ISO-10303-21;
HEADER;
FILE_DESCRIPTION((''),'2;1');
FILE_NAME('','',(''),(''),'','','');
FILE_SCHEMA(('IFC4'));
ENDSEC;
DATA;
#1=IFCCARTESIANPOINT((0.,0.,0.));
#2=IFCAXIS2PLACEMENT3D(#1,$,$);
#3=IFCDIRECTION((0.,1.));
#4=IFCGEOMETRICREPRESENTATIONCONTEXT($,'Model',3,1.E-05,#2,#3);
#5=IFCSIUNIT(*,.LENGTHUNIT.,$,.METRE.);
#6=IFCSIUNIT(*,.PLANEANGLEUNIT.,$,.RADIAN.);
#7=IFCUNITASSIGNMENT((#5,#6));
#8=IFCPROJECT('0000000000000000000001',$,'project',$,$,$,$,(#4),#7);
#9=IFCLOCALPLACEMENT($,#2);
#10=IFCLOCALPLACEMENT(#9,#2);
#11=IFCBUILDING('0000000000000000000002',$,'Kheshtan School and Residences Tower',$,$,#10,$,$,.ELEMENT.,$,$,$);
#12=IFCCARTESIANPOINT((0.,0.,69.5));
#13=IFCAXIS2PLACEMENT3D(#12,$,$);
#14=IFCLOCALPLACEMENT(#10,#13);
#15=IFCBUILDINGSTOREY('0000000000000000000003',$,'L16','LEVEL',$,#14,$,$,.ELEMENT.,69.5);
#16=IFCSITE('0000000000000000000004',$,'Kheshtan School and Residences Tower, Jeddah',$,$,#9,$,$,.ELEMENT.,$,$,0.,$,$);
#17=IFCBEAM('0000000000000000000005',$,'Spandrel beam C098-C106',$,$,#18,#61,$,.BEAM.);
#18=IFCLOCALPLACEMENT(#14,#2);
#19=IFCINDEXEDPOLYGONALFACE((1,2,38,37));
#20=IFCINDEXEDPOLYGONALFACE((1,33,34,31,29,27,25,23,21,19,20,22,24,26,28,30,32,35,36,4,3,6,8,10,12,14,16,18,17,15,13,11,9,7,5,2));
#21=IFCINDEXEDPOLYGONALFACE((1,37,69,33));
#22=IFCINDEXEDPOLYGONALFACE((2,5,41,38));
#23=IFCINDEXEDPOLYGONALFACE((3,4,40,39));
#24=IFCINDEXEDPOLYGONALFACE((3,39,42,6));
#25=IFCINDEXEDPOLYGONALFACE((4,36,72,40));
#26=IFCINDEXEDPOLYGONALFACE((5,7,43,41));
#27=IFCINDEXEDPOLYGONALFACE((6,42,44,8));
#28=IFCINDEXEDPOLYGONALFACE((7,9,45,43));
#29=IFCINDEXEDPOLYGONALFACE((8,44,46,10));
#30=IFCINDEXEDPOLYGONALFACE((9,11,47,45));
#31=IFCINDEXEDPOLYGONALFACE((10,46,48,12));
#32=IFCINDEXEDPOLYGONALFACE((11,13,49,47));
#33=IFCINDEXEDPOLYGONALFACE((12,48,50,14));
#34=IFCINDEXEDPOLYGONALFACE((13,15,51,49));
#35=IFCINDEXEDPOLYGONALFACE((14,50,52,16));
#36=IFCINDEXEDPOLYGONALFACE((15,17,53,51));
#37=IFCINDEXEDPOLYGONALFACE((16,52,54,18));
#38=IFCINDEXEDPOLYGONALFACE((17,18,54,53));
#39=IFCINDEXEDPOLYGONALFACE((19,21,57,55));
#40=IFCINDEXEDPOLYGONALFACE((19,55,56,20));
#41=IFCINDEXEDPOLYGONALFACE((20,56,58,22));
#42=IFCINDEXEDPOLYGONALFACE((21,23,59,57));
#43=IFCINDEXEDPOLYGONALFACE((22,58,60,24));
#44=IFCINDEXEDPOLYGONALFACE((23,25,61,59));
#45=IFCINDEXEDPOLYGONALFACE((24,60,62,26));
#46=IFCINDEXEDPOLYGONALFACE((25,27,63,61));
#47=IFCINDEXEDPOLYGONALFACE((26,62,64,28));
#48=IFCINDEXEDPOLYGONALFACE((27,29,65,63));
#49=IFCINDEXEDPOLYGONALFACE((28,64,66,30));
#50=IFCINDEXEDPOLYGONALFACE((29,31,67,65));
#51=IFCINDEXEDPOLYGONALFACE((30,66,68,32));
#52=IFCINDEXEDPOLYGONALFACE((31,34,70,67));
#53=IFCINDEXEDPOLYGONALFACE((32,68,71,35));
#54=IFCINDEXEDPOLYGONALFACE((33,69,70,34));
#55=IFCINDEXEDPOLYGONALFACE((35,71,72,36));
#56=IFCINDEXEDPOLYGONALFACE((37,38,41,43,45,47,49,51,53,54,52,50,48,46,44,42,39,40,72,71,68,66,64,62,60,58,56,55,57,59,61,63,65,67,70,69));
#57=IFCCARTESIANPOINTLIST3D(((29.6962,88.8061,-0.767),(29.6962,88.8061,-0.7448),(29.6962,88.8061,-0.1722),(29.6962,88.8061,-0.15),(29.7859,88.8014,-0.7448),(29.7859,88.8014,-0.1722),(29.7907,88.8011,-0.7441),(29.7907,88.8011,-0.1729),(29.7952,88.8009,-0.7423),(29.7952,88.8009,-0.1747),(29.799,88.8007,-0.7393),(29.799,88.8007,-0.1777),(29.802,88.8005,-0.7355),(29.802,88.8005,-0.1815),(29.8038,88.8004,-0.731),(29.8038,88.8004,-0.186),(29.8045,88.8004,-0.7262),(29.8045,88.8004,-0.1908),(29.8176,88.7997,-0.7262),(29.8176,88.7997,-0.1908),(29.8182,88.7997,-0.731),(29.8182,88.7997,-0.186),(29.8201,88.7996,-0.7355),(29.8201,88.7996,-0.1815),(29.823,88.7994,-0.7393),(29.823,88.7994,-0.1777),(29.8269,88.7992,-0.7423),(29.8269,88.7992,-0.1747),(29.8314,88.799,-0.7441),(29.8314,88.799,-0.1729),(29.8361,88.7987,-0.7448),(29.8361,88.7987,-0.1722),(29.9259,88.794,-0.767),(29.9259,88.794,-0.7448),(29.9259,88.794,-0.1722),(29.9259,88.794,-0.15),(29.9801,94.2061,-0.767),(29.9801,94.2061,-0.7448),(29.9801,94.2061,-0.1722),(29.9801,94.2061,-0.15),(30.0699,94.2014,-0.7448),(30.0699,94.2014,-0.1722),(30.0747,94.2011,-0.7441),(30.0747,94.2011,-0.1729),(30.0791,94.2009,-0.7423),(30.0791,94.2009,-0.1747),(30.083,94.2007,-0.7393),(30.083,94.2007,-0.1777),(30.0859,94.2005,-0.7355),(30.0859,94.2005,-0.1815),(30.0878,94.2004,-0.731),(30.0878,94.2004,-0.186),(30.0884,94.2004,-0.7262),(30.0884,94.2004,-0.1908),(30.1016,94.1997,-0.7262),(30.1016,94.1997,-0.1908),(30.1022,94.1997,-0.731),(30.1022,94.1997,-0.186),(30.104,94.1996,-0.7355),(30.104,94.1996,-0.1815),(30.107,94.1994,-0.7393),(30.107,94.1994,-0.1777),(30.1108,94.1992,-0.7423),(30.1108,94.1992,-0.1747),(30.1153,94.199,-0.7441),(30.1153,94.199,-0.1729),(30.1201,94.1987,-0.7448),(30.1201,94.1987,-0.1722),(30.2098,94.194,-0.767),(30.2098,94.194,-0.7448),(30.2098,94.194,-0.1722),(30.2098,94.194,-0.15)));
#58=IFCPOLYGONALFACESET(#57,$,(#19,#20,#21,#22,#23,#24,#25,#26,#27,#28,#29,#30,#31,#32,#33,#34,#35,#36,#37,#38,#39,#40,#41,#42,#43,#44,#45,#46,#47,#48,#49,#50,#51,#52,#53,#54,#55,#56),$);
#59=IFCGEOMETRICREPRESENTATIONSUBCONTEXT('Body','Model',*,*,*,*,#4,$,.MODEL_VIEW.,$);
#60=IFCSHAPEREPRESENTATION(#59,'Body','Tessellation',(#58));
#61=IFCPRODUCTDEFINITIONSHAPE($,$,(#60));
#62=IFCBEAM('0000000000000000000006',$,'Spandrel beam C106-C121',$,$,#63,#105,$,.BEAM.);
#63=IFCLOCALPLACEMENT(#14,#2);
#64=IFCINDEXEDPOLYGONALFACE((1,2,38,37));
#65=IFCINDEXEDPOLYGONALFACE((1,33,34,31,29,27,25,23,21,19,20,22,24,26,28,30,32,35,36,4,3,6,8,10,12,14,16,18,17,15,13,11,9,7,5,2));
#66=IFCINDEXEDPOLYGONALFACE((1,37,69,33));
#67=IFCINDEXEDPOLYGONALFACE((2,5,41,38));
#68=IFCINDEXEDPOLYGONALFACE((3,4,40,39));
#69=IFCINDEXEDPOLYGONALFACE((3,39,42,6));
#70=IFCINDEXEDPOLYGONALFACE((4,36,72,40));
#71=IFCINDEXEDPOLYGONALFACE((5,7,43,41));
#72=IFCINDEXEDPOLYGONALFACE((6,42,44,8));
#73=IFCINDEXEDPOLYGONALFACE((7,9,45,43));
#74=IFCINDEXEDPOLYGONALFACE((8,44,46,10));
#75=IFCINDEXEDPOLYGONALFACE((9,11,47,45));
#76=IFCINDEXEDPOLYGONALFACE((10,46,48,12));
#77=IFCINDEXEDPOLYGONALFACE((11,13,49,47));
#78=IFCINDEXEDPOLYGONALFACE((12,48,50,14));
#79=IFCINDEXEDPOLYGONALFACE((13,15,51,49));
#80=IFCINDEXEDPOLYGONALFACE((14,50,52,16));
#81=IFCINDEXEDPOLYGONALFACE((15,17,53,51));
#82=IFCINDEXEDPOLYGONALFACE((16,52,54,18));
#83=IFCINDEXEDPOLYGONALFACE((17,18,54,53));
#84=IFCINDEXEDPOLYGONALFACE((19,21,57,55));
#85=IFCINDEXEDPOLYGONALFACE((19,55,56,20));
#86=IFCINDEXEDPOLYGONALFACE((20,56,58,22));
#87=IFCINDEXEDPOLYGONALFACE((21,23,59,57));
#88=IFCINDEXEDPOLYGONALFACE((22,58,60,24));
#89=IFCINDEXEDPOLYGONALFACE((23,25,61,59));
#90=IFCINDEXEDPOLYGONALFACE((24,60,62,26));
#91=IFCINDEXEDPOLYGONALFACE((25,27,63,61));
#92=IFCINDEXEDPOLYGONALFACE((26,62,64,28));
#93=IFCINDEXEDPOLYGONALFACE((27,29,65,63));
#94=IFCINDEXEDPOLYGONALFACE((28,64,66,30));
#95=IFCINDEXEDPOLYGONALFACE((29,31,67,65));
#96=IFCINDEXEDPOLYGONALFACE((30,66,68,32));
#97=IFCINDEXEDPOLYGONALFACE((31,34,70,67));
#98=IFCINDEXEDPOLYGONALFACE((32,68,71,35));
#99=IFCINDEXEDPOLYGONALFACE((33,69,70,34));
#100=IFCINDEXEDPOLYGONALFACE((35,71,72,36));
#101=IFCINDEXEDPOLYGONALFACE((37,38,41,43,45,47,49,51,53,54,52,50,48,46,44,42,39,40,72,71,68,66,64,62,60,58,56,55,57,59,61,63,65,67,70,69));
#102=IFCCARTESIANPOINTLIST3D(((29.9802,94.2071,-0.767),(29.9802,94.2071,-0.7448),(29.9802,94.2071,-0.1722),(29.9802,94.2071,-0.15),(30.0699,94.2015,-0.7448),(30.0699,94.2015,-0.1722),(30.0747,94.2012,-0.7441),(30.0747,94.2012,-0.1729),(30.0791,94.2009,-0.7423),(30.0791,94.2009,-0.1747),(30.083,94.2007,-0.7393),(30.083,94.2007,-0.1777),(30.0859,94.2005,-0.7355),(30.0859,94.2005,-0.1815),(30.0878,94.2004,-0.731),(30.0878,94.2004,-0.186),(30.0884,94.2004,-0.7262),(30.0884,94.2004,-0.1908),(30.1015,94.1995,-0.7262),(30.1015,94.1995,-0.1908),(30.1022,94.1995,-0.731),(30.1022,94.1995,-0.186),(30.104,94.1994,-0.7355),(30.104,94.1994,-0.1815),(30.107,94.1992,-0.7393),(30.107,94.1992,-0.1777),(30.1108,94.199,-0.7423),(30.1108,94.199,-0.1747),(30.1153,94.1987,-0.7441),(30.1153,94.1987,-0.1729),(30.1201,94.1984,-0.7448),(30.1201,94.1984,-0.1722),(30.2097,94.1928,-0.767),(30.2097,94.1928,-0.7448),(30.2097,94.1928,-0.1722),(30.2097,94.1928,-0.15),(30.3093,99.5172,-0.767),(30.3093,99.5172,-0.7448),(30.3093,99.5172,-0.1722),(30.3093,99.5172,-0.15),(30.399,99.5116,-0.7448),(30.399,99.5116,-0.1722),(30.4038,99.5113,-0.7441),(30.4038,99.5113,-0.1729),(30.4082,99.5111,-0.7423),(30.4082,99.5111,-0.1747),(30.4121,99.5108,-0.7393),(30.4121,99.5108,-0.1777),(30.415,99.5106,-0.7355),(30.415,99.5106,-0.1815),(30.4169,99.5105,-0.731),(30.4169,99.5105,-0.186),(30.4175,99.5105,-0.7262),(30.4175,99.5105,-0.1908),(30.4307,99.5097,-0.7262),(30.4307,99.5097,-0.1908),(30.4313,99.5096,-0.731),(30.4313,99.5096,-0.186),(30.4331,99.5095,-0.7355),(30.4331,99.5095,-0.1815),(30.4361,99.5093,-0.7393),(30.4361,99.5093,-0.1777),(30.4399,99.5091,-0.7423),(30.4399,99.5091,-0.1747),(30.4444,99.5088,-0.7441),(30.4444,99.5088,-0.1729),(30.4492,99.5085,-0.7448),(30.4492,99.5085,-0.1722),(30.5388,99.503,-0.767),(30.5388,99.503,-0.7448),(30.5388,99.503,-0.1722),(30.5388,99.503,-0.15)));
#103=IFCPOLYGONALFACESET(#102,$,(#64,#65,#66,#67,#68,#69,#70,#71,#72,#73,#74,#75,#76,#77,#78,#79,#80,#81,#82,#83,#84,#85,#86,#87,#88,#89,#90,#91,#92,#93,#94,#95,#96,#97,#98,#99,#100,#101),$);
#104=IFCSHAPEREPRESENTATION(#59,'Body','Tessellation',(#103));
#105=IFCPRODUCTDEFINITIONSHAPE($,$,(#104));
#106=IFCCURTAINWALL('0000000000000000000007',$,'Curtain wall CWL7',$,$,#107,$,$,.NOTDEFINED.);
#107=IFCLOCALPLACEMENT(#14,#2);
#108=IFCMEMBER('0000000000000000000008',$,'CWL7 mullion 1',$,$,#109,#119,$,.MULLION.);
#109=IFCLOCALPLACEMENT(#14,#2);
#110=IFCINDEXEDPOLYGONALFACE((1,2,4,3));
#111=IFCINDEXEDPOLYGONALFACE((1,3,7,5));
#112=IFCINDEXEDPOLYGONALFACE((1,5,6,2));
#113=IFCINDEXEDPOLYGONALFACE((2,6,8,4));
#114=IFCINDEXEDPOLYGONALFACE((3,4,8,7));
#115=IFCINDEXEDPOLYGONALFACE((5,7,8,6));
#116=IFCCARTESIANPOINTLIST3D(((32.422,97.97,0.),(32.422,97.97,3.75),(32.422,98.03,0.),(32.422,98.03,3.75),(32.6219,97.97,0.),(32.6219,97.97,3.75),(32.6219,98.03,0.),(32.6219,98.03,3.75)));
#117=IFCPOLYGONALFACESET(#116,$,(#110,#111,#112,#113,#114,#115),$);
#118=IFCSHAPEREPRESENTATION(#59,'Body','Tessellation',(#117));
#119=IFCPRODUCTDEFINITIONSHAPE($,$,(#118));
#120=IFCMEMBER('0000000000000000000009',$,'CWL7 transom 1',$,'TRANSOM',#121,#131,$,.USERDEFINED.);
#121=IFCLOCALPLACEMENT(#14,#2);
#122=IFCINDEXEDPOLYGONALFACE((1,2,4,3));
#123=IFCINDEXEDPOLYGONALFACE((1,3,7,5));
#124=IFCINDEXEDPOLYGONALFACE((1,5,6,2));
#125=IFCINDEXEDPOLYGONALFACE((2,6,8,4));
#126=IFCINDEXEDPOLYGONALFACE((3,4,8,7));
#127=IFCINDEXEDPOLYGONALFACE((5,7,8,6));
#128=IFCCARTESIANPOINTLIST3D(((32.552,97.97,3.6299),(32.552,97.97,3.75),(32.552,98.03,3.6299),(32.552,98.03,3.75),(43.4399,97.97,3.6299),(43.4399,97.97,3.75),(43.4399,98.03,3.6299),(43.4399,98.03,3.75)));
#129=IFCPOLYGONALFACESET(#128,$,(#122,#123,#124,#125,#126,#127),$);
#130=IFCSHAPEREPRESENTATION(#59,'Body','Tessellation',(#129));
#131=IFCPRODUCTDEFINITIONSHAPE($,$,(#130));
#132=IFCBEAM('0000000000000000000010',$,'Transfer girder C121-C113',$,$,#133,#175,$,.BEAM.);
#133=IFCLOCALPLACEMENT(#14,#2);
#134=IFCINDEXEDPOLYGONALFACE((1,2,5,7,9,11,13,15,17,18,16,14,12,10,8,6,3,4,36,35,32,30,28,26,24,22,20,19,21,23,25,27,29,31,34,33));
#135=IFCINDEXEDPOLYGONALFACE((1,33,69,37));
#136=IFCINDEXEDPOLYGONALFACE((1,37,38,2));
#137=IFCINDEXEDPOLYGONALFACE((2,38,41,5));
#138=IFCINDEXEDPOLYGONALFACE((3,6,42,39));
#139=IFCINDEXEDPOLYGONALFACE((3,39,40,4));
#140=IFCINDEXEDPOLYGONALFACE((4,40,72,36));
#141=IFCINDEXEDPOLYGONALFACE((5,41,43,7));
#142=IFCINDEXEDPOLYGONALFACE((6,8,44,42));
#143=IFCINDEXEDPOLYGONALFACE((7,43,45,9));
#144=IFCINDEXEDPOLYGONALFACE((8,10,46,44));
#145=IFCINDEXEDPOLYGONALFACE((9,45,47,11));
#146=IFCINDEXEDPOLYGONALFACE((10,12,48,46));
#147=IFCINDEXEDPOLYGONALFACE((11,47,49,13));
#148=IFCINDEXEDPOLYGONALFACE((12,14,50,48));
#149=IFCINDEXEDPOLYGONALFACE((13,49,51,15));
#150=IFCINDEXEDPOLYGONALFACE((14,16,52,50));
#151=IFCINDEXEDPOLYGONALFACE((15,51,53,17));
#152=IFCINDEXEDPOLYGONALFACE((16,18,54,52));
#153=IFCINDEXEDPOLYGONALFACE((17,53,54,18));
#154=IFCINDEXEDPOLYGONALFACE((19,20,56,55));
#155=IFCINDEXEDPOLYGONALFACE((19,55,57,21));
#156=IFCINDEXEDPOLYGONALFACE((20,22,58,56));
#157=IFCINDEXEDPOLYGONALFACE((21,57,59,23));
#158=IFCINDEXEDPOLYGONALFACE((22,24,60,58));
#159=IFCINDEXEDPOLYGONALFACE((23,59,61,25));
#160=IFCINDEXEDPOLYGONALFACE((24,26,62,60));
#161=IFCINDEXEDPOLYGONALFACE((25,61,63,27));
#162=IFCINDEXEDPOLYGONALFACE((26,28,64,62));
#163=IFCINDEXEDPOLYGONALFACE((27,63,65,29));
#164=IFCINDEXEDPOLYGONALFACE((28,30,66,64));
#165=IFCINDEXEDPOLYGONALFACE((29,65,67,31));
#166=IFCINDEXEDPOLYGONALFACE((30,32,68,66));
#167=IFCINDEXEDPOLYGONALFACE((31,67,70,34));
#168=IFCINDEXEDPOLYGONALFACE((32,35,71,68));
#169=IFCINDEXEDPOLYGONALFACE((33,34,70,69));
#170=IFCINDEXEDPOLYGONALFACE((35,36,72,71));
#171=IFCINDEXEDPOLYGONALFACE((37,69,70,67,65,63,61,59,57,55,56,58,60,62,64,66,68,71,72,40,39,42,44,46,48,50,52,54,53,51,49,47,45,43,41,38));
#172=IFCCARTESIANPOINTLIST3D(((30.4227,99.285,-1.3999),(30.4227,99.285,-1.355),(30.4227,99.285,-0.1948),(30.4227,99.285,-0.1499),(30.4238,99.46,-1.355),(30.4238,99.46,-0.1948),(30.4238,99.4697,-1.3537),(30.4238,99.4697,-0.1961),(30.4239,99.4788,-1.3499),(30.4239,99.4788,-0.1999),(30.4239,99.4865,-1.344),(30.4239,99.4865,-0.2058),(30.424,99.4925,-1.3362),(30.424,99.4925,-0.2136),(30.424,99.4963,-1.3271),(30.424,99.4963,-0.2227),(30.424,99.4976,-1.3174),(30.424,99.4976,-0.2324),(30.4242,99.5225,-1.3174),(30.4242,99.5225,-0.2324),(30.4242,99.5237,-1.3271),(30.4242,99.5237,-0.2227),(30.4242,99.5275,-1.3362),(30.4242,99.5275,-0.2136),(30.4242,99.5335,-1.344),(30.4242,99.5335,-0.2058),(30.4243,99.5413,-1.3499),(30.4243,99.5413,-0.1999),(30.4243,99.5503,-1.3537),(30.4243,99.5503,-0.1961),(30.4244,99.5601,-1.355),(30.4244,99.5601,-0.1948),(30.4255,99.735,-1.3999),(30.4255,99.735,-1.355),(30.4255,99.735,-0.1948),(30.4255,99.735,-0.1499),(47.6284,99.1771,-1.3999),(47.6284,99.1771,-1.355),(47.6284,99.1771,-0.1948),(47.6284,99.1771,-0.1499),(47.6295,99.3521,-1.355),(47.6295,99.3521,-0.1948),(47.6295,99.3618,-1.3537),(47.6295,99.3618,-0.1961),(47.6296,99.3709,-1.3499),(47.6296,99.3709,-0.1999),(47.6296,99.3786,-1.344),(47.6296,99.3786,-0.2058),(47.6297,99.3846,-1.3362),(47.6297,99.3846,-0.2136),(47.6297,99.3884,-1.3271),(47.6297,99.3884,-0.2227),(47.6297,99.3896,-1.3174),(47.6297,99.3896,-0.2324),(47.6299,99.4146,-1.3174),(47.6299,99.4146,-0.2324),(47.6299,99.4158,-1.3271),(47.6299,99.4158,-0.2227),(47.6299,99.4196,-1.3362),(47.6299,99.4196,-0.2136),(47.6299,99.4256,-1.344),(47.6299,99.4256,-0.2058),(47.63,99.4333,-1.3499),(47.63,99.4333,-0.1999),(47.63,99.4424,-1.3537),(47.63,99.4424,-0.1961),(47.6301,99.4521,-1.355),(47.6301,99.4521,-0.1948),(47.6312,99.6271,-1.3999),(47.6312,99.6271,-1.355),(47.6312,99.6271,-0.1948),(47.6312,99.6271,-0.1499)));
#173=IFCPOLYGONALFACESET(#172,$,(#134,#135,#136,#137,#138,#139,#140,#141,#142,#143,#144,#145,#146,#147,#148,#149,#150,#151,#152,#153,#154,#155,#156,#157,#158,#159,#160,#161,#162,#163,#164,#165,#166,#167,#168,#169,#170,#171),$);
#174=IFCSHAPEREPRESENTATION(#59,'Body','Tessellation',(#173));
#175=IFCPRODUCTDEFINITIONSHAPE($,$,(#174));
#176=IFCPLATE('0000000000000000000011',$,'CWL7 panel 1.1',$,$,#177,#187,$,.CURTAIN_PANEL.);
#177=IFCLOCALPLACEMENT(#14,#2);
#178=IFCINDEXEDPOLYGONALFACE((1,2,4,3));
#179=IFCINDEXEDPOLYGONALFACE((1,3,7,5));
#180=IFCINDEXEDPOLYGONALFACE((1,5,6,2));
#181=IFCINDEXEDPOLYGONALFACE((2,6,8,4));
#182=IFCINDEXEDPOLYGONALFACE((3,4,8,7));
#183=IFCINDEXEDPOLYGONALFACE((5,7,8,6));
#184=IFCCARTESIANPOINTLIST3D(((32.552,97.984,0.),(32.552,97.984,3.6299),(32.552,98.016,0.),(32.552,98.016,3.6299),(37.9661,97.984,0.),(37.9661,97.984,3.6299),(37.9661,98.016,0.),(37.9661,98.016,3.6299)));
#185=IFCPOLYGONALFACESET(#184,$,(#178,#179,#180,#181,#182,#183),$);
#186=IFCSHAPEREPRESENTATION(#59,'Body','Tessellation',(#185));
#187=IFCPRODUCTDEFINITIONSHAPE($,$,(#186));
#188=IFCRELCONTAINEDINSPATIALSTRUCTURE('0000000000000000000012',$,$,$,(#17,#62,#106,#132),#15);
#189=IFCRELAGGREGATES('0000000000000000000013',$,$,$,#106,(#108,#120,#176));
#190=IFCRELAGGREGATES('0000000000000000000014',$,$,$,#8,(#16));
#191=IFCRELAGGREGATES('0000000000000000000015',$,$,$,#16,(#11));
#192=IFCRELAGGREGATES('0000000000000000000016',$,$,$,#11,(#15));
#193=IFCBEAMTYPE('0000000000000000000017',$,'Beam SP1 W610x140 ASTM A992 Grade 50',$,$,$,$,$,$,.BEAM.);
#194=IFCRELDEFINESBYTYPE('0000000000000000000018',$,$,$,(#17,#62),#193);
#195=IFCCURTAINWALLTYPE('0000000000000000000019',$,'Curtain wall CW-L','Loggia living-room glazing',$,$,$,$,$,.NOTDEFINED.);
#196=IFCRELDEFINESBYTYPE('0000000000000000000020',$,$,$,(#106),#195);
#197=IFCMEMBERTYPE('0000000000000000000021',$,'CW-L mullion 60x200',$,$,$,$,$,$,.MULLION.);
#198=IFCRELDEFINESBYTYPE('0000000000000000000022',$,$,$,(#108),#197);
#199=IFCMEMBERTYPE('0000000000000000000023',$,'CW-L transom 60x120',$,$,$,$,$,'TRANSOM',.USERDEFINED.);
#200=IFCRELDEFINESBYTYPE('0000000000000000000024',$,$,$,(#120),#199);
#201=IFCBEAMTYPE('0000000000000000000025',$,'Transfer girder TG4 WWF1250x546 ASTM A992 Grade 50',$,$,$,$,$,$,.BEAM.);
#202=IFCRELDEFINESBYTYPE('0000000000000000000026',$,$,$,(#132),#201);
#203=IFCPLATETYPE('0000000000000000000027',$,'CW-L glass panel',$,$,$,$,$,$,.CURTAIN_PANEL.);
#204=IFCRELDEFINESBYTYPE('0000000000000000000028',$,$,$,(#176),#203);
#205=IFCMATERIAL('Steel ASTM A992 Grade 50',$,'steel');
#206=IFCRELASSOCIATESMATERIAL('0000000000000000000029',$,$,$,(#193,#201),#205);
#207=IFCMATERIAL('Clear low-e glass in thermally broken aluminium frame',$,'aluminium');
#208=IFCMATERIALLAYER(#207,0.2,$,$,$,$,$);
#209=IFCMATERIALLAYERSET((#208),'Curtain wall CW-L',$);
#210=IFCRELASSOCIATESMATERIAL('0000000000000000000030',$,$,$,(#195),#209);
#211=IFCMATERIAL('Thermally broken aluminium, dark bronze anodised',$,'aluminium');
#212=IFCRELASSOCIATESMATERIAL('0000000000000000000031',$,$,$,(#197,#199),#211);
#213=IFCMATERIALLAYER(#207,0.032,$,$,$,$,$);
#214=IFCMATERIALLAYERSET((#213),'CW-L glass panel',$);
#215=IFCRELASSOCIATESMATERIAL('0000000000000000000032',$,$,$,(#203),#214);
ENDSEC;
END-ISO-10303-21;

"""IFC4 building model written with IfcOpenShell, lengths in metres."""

from ifc_helpers import new_model, si_unit, direction, frame, origin, origin_2d, place, context, subcontext, project, spatial, rectangle, i_section, extrude, material, layer, layer_set, material_profile, profile_set, type_object, element, aggregate, save


model = new_model("IFC4")

# Units and contexts
model_context = context("Model", 3, precision=1e-05, world=origin(), true_north=direction((0.0, 1.0)))
body_context = subcontext(model_context, "Body", "Model", "MODEL_VIEW")
ifc_project = project(units=[si_unit("LENGTHUNIT", "METRE"), si_unit("PLANEANGLEUNIT", "RADIAN")], contexts=[model_context])

# Site, building, storey
site_placement = place(None, origin())
site = spatial("IfcSite", under=ifc_project, at=site_placement, Name="Kheshtan School and Residences Tower, Jeddah", CompositionType="ELEMENT", RefElevation=0.0)
building_placement = place(site_placement, origin())
building = spatial("IfcBuilding", under=site, at=building_placement, Name="Kheshtan School and Residences Tower", CompositionType="ELEMENT")
storey_placement = place(building_placement, frame((0.0, 0.0, 69.5)))
storey = spatial("IfcBuildingStorey", under=building, at=storey_placement, Name="L16", Description="LEVEL", CompositionType="ELEMENT", Elevation=69.5)

# Shared definitions
ifc_material_1 = material(Name="Steel ASTM A992 Grade 50", Category="steel")

# Beams
ifc_material_profile_1 = material_profile(ifc_material_1, i_section(OverallWidth=0.23, OverallDepth=0.6169, WebThickness=0.0132, FlangeThickness=0.0222, FilletRadius=0.0186, at=origin_2d()), Name="W610x140")
ifc_profile_set_1 = profile_set([ifc_material_profile_1], Name="Steel ASTM A992 Grade 50")
beam_type_1 = type_object("IfcBeamType", Name="Beam SP1 W610x140 ASTM A992 Grade 50", PredefinedType="BEAM", material=ifc_profile_set_1)
beam_1_placement = place(storey_placement, frame((29.811, 88.8, -0.4585), z_axis=(0.052509, 0.99862, 0.0), x_axis=(-0.99862, 0.052509, 0.0)))
element("IfcBeam", 1, at=beam_1_placement, inside=storey, type_object=beam_type_1, Name="Spandrel beam C098-C106", PredefinedType="BEAM", context=body_context, shape_type="SweptSolid", body=[
    extrude(i_section(OverallWidth=0.23, OverallDepth=0.6169, WebThickness=0.0132, FlangeThickness=0.0222, FilletRadius=0.0186, at=origin_2d()), origin(), (0.0, 0.0, 1.0), 5.4075),
])
beam_2_placement = place(storey_placement, frame((30.095, 94.2, -0.4585), z_axis=(0.061858, 0.998085, 0.0), x_axis=(-0.998085, 0.061858, 0.0)))
element("IfcBeam", 2, at=beam_2_placement, inside=storey, type_object=beam_type_1, Name="Spandrel beam C106-C121", PredefinedType="BEAM", context=body_context, shape_type="SweptSolid", body=[
    extrude(i_section(OverallWidth=0.23, OverallDepth=0.6169, WebThickness=0.0132, FlangeThickness=0.0222, FilletRadius=0.0186, at=origin_2d()), origin(), (0.0, 0.0, 1.0), 5.3203),
])

# Curtain wall, members
ifc_material_2 = material(Name="Clear low-e glass in thermally broken aluminium frame", Category="aluminium")
ifc_layer_1 = layer(ifc_material_2, 0.2)
ifc_layer_set_1 = layer_set([ifc_layer_1], Name="Curtain wall CW-L")
curtain_wall_type = type_object("IfcCurtainWallType", Name="Curtain wall CW-L", Description="Loggia living-room glazing", PredefinedType="NOTDEFINED", material=ifc_layer_set_1)
curtain_wall_placement = place(storey_placement, origin())
curtain_wall = element("IfcCurtainWall", 3, at=curtain_wall_placement, inside=storey, type_object=curtain_wall_type, Name="Curtain wall CWL7", PredefinedType="NOTDEFINED")
ifc_material_3 = material(Name="Thermally broken aluminium, dark bronze anodised", Category="aluminium")
ifc_material_profile_2 = material_profile(ifc_material_3, rectangle(XDim=0.0601, YDim=0.2, at=origin_2d()), Name="CW-L mullion 60x200")
ifc_profile_set_2 = profile_set([ifc_material_profile_2], Name="Thermally broken aluminium, dark bronze anodised")
member_type_1 = type_object("IfcMemberType", Name="CW-L mullion 60x200", PredefinedType="MULLION", material=ifc_profile_set_2)
member_1_placement = place(storey_placement, frame((32.522, 98.0, 0.0), z_axis=(0.0, 0.0, 1.0), x_axis=(0.0, 1.0, 0.0)))
member_1 = element("IfcMember", 4, at=member_1_placement, type_object=member_type_1, Name="CWL7 mullion 1", PredefinedType="MULLION", context=body_context, shape_type="SweptSolid", body=[
    extrude(rectangle(XDim=0.0601, YDim=0.2, at=origin_2d()), origin(), (0.0, 0.0, 1.0), 3.75),
])
ifc_material_profile_3 = material_profile(ifc_material_3, rectangle(XDim=0.0601, YDim=0.1201, at=origin_2d()), Name="CW-L transom 60x120")
ifc_profile_set_3 = profile_set([ifc_material_profile_3], Name="Thermally broken aluminium, dark bronze anodised")
member_type_2 = type_object("IfcMemberType", Name="CW-L transom 60x120", ElementType="TRANSOM", PredefinedType="USERDEFINED", material=ifc_profile_set_3)
member_2_placement = place(storey_placement, frame((32.552, 98.0, 3.6899), z_axis=(1.0, 0.0, 0.0), x_axis=(0.0, 1.0, 0.0)))
member_2 = element("IfcMember", 5, at=member_2_placement, type_object=member_type_2, Name="CWL7 transom 1", ObjectType="TRANSOM", PredefinedType="USERDEFINED", context=body_context, shape_type="SweptSolid", body=[
    extrude(rectangle(XDim=0.0601, YDim=0.1201, at=origin_2d()), origin(), (0.0, 0.0, 1.0), 10.8879),
])

# Beam
ifc_material_profile_4 = material_profile(ifc_material_1, i_section(OverallWidth=0.45, OverallDepth=1.25, WebThickness=0.0249, FlangeThickness=0.0449, FilletRadius=0.0376, at=origin_2d()), Name="WWF1250x546")
ifc_profile_set_4 = profile_set([ifc_material_profile_4], Name="Steel ASTM A992 Grade 50")
beam_type_2 = type_object("IfcBeamType", Name="Transfer girder TG4 WWF1250x546 ASTM A992 Grade 50", PredefinedType="BEAM", material=ifc_profile_set_4)
beam_3_placement = place(storey_placement, frame((30.4241, 99.51, -0.7749), z_axis=(0.99998, -0.006272, 0.0), x_axis=(0.006272, 0.99998, 0.0)))
element("IfcBeam", 6, at=beam_3_placement, inside=storey, type_object=beam_type_2, Name="Transfer girder C121-C113", PredefinedType="BEAM", context=body_context, shape_type="SweptSolid", body=[
    extrude(i_section(OverallWidth=0.45, OverallDepth=1.25, WebThickness=0.0249, FlangeThickness=0.0449, FilletRadius=0.0376, at=origin_2d()), origin(), (0.0, 0.0, 1.0), 17.2061),
])

# Plate
ifc_layer_2 = layer(ifc_material_2, 0.032)
ifc_layer_set_2 = layer_set([ifc_layer_2], Name="CW-L glass panel")
plate_type = type_object("IfcPlateType", Name="CW-L glass panel", PredefinedType="CURTAIN_PANEL", material=ifc_layer_set_2)
plate_placement = place(storey_placement, frame((35.259, 98.0, 0.0), z_axis=(0.0, 0.0, 1.0), x_axis=(1.0, 0.0, 0.0)))
plate = element("IfcPlate", 7, at=plate_placement, type_object=plate_type, Name="CWL7 panel 1.1", PredefinedType="CURTAIN_PANEL", context=body_context, shape_type="SweptSolid", body=[
    extrude(rectangle(XDim=5.4141, YDim=0.032, at=origin_2d()), origin(), (0.0, 0.0, 1.0), 3.6299),
])
aggregate(curtain_wall, [member_1, member_2, plate])

save(model, "model.ifc")
